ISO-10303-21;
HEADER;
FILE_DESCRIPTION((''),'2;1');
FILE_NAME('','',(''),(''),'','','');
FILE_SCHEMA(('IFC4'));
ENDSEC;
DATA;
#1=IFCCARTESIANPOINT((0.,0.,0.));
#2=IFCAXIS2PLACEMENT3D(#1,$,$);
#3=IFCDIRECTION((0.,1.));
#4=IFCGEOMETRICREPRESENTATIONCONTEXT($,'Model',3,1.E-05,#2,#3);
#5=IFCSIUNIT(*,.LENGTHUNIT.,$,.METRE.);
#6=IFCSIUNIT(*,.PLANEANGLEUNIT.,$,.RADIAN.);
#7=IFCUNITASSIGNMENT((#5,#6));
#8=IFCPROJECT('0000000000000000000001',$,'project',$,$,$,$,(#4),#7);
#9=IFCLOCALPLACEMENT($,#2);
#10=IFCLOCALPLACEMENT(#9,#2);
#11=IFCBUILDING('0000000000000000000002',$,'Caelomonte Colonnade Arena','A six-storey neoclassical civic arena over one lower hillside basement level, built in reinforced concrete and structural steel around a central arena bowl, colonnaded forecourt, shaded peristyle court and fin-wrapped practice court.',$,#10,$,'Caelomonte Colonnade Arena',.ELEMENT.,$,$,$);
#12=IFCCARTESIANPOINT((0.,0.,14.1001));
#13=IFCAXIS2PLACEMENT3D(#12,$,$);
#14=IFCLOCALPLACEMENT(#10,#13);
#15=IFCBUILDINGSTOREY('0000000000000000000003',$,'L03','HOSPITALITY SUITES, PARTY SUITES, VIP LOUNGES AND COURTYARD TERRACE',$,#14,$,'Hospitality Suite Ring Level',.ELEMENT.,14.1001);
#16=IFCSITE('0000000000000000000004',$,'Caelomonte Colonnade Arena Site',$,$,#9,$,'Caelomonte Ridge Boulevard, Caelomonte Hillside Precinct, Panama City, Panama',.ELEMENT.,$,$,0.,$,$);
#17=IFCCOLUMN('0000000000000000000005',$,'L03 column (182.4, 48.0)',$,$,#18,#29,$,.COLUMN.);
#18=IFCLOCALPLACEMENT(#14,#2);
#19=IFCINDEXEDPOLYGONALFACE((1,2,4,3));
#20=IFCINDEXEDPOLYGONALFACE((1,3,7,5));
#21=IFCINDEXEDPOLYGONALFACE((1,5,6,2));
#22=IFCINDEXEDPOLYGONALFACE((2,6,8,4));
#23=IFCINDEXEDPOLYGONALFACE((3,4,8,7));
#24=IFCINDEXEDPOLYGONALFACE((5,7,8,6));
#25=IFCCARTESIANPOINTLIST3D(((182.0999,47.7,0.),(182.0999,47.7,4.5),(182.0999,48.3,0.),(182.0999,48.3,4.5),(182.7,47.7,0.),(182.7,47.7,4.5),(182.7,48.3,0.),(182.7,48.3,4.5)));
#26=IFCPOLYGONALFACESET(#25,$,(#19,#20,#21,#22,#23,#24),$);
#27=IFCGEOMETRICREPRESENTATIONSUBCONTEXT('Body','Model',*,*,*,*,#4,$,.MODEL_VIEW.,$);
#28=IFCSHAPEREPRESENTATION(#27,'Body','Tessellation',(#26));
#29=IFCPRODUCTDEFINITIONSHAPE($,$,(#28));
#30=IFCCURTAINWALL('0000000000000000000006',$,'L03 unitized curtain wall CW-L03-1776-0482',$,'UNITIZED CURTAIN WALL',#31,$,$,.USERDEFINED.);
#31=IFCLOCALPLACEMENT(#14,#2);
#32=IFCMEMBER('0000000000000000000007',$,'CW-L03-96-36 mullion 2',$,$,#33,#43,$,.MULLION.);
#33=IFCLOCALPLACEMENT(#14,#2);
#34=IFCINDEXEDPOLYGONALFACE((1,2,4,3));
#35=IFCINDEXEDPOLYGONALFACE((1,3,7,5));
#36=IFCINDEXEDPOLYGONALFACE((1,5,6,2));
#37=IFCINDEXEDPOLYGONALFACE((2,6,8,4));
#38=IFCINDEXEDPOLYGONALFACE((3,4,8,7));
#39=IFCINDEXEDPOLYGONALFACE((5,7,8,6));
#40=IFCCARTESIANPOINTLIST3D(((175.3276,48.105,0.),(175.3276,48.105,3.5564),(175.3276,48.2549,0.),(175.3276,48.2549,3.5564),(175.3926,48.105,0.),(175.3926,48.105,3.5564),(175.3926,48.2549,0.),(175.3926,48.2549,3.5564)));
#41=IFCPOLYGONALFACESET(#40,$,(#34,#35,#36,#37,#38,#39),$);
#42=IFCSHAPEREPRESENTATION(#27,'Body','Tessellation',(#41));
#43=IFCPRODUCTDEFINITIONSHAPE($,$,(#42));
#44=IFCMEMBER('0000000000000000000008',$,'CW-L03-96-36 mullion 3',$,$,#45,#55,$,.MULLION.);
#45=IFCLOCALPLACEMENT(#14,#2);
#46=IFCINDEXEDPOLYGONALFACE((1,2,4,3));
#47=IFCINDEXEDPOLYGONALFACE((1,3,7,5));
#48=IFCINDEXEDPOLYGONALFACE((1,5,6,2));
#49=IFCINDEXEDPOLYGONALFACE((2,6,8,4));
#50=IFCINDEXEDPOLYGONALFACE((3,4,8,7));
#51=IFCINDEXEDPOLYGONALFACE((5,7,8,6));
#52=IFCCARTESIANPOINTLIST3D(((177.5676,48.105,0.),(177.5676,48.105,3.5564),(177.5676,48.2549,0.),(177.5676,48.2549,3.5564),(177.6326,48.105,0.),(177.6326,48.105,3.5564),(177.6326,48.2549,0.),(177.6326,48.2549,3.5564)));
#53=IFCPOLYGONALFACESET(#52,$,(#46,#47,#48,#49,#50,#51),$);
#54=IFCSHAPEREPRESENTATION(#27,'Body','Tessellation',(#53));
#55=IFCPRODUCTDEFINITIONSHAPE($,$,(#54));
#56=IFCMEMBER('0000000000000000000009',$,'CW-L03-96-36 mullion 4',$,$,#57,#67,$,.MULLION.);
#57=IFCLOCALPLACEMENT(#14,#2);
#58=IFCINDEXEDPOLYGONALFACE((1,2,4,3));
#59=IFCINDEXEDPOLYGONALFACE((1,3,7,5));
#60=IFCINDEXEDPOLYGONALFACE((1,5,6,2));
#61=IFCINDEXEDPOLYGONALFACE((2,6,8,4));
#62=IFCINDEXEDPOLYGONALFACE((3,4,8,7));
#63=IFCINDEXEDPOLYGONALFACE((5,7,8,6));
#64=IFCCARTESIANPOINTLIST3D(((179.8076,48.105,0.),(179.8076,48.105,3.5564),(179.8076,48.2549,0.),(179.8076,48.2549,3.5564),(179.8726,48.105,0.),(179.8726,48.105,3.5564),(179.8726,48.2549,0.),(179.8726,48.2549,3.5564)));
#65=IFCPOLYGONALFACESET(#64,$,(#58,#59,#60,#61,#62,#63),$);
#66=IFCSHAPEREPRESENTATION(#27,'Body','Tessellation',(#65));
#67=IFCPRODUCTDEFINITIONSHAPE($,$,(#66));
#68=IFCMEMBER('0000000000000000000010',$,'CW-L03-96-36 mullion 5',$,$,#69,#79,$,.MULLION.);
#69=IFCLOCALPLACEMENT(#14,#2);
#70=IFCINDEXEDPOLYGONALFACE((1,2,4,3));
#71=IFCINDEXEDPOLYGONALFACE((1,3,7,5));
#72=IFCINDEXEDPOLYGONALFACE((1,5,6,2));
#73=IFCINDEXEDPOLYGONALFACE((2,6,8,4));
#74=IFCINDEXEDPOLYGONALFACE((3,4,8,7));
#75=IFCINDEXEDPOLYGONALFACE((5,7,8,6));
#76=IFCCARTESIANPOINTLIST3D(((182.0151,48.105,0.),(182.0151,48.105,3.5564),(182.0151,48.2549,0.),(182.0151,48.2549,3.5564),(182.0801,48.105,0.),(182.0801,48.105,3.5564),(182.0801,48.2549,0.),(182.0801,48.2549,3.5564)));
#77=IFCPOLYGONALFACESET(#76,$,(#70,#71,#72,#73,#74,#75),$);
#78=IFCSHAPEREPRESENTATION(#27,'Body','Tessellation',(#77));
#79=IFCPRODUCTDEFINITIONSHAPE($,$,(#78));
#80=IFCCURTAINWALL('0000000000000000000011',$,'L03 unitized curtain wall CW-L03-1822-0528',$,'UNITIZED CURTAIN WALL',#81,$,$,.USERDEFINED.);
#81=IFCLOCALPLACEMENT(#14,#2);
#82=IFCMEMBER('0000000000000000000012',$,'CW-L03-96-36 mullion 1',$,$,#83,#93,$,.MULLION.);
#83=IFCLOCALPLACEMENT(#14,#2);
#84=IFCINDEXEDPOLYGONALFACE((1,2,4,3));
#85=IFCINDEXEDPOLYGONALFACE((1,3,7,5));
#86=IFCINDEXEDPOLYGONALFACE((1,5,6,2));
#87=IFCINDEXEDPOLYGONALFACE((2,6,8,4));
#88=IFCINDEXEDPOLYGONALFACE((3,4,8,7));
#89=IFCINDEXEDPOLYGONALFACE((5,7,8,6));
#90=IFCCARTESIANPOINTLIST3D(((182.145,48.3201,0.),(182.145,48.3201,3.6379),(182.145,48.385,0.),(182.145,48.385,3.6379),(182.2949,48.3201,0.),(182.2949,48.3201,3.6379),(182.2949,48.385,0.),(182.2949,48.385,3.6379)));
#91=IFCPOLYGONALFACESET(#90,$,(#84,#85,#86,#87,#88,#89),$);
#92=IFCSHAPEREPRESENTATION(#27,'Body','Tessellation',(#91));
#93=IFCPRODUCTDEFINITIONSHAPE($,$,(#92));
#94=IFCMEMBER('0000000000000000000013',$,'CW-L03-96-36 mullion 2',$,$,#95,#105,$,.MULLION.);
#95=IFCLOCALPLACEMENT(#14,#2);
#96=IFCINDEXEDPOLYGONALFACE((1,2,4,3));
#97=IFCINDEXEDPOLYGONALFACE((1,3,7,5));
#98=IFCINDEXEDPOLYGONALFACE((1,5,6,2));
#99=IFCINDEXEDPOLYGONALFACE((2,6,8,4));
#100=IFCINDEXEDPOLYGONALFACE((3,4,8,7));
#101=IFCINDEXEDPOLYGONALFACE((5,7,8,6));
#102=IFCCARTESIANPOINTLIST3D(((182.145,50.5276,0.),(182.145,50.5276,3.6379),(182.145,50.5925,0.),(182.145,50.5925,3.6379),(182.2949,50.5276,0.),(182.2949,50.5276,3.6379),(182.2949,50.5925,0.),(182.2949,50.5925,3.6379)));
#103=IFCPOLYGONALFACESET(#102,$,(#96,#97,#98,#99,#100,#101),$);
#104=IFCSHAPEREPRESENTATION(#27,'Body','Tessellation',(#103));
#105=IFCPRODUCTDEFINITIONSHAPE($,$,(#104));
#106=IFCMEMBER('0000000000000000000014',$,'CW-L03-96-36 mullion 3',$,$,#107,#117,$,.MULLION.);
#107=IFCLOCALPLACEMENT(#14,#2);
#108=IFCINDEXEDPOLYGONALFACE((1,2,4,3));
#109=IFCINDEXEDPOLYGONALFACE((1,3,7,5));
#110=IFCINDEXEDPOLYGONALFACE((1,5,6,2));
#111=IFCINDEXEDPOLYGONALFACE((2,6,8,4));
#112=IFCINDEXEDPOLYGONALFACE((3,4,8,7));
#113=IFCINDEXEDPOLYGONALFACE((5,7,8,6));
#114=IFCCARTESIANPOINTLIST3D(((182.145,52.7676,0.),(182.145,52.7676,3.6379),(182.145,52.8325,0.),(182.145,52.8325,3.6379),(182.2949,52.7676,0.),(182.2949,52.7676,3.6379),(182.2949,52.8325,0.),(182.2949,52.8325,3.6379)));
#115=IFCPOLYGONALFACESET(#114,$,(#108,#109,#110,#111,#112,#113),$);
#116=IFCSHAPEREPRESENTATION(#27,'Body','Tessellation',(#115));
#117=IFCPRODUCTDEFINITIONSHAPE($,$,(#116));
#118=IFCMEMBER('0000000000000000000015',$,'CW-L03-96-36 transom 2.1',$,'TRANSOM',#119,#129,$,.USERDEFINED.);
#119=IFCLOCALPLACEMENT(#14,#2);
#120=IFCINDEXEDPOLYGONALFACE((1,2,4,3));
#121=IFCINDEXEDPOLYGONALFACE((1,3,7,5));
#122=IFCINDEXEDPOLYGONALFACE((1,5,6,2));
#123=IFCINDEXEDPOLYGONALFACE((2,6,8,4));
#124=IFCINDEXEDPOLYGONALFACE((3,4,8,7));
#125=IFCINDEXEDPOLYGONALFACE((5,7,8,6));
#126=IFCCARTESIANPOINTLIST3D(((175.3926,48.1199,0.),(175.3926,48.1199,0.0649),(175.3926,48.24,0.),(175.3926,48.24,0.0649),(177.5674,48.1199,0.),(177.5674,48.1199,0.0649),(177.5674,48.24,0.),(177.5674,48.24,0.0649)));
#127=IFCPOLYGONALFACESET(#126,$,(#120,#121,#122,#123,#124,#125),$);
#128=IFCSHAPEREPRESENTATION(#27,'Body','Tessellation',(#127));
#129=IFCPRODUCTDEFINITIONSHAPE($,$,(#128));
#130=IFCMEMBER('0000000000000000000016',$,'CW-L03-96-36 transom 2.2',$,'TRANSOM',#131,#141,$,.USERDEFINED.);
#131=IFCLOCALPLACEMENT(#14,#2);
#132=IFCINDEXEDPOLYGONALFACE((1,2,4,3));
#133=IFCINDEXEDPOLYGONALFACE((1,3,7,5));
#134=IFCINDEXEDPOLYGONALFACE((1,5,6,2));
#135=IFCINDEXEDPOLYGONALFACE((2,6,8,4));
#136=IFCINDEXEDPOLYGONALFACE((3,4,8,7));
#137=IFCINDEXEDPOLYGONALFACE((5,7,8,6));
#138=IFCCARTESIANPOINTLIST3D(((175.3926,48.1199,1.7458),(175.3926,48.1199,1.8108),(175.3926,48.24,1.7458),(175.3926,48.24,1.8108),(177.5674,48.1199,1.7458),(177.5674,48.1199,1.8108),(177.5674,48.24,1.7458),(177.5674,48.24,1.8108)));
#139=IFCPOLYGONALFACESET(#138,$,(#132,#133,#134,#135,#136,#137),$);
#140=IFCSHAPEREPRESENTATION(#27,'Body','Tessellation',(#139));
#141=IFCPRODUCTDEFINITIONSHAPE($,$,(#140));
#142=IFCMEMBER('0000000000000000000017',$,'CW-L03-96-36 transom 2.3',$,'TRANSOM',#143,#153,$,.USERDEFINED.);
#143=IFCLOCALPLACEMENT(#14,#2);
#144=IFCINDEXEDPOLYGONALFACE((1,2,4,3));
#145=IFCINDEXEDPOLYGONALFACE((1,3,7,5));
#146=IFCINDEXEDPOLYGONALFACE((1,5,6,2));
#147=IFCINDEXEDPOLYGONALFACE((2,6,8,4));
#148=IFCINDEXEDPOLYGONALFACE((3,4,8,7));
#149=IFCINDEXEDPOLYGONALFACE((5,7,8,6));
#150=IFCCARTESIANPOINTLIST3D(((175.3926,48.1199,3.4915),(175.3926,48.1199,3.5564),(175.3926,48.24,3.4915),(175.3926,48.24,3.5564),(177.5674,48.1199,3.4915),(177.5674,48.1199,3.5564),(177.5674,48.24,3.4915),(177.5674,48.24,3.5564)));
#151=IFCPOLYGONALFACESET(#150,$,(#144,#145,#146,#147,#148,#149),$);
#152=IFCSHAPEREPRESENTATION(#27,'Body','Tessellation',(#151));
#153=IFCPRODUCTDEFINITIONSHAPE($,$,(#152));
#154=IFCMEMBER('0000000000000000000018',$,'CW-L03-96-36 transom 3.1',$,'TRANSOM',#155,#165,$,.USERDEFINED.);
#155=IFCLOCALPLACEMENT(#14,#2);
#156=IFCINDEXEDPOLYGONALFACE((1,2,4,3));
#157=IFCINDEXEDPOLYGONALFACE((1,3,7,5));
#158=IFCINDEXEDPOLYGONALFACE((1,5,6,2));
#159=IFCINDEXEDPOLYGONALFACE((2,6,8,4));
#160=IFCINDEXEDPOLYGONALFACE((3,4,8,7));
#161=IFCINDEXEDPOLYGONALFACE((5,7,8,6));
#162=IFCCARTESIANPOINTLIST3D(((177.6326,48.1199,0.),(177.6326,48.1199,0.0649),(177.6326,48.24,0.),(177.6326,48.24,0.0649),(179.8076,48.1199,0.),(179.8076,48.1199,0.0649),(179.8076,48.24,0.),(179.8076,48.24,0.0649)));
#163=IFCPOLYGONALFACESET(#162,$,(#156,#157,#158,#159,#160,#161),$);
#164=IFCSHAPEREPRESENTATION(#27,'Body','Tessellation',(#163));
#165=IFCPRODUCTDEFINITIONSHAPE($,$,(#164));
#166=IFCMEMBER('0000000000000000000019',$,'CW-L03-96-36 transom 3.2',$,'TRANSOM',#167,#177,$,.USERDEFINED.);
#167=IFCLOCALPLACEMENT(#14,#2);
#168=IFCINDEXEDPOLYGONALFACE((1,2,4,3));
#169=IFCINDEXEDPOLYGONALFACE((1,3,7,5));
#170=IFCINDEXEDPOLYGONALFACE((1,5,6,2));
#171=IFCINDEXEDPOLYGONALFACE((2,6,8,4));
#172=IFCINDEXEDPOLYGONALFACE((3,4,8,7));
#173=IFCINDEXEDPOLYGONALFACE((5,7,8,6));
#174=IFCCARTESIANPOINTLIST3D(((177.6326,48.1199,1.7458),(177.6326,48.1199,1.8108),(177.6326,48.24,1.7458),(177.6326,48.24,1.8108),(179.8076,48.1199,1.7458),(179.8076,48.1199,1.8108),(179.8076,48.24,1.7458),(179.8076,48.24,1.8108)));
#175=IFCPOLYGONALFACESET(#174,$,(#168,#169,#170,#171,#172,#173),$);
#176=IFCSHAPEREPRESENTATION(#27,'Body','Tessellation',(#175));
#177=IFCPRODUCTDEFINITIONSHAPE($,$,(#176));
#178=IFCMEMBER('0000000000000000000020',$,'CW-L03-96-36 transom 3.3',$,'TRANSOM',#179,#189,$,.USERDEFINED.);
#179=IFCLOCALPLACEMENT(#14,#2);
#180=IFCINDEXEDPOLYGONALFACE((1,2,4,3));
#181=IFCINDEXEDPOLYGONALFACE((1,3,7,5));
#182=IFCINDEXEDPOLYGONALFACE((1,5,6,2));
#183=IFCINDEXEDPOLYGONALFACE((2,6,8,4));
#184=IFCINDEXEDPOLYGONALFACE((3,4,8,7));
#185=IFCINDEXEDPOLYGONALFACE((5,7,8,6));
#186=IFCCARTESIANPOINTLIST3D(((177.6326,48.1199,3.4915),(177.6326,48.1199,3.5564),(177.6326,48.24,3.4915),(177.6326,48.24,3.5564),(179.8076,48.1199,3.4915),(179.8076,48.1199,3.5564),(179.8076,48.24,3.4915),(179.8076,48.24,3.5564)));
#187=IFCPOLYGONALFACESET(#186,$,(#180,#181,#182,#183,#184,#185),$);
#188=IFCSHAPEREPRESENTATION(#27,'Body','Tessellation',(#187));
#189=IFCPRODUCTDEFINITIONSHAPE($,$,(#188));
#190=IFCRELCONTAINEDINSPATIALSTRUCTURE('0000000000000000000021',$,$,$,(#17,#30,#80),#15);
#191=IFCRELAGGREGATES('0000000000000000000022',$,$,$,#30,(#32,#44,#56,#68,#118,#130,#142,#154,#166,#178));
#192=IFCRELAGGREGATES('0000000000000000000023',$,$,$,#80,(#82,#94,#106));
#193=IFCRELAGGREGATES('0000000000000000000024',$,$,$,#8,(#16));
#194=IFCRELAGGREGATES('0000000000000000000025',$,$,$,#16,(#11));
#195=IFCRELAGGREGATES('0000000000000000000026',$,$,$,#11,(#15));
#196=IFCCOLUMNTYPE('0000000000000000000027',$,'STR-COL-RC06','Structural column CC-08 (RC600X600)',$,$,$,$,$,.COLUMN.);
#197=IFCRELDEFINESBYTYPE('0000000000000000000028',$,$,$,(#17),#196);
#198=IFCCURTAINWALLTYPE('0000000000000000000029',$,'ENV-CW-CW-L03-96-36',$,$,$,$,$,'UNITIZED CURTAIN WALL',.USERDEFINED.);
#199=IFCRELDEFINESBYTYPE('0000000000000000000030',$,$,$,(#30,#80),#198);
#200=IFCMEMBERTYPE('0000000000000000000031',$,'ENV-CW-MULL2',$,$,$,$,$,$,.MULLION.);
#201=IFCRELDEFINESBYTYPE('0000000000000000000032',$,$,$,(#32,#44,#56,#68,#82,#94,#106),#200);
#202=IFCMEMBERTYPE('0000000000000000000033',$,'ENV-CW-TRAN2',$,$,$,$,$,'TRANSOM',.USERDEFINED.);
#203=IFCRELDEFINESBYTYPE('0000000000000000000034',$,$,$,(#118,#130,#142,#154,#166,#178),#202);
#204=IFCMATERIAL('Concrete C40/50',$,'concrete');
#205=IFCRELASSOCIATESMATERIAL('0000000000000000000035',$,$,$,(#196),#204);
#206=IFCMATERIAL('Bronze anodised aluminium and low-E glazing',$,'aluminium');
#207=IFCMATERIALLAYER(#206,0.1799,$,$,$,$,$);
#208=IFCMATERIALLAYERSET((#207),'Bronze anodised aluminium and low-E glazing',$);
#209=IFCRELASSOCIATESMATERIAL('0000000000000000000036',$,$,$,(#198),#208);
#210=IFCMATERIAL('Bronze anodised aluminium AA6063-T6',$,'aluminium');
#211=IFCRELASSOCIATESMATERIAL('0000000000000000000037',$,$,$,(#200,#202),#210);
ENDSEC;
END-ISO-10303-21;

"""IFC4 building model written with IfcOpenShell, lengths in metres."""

from ifc_helpers import new_model, si_unit, direction, frame, origin, origin_2d, place, context, subcontext, project, spatial, rectangle, extrude, material, layer, layer_set, material_profile, profile_set, type_object, element, aggregate, save


model = new_model("IFC4")

# Units and contexts
model_context = context("Model", 3, precision=1e-05, world=origin(), true_north=direction((0.0, 1.0)))
body_context = subcontext(model_context, "Body", "Model", "MODEL_VIEW")
ifc_project = project(units=[si_unit("LENGTHUNIT", "METRE"), si_unit("PLANEANGLEUNIT", "RADIAN")], contexts=[model_context])

# Site, building, storey
site_placement = place(None, origin())
site = spatial("IfcSite", under=ifc_project, at=site_placement, Name="Caelomonte Colonnade Arena Site", LongName="Caelomonte Ridge Boulevard, Caelomonte Hillside Precinct, Panama City, Panama", CompositionType="ELEMENT", RefElevation=0.0)
building_placement = place(site_placement, origin())
building = spatial("IfcBuilding", under=site, at=building_placement, Name="Caelomonte Colonnade Arena", Description="A six-storey neoclassical civic arena over one lower hillside basement level, built in reinforced concrete and structural steel around a central arena bowl, colonnaded forecourt, shaded peristyle court and fin-wrapped practice court.", LongName="Caelomonte Colonnade Arena", CompositionType="ELEMENT")
storey_placement = place(building_placement, frame((0.0, 0.0, 14.1001)))
storey = spatial("IfcBuildingStorey", under=building, at=storey_placement, Name="L03", Description="HOSPITALITY SUITES, PARTY SUITES, VIP LOUNGES AND COURTYARD TERRACE", LongName="Hospitality Suite Ring Level", CompositionType="ELEMENT", Elevation=14.1001)

# Column
ifc_material_1 = material(Name="Concrete C40/50", Category="concrete")
ifc_material_profile_1 = material_profile(ifc_material_1, rectangle(XDim=0.6001, YDim=0.6001, at=origin_2d()), Name="RC600X600")
ifc_profile_set_1 = profile_set([ifc_material_profile_1], Name="Concrete C40/50")
column_type = type_object("IfcColumnType", Name="STR-COL-RC06", Description="Structural column CC-08 (RC600X600)", PredefinedType="COLUMN", material=ifc_profile_set_1)
column_placement = place(storey_placement, frame((182.3999, 48.0, 0.0), z_axis=(0.0, 0.0, 1.0), x_axis=(1.0, 0.0, 0.0)))
element("IfcColumn", 1, at=column_placement, inside=storey, type_object=column_type, Name="L03 column (182.4, 48.0)", PredefinedType="COLUMN", context=body_context, shape_type="SweptSolid", body=[
    extrude(rectangle(XDim=0.6001, YDim=0.6001, at=origin_2d()), origin(), (0.0, 0.0, 1.0), 4.5),
])

# Curtain walls, members
ifc_material_2 = material(Name="Bronze anodised aluminium and low-E glazing", Category="aluminium")
ifc_layer_1 = layer(ifc_material_2, 0.1799)
ifc_layer_set_1 = layer_set([ifc_layer_1], Name="Bronze anodised aluminium and low-E glazing")
curtain_wall_type = type_object("IfcCurtainWallType", Name="ENV-CW-CW-L03-96-36", ElementType="UNITIZED CURTAIN WALL", PredefinedType="USERDEFINED", material=ifc_layer_set_1)
curtain_wall_1_placement = place(storey_placement, origin())
curtain_wall_1 = element("IfcCurtainWall", 2, at=curtain_wall_1_placement, inside=storey, type_object=curtain_wall_type, Name="L03 unitized curtain wall CW-L03-1776-0482", ObjectType="UNITIZED CURTAIN WALL", PredefinedType="USERDEFINED")
ifc_material_3 = material(Name="Bronze anodised aluminium AA6063-T6", Category="aluminium")
ifc_material_profile_2 = material_profile(ifc_material_3, rectangle(XDim=0.0649, YDim=0.1499, at=origin_2d()), Name="CWM-65X150")
ifc_profile_set_2 = profile_set([ifc_material_profile_2], Name="Bronze anodised aluminium AA6063-T6")
member_type_1 = type_object("IfcMemberType", Name="ENV-CW-MULL2", PredefinedType="MULLION", material=ifc_profile_set_2)
member_1_placement = place(storey_placement, frame((175.3601, 48.1799, 0.0), z_axis=(0.0, 0.0, 1.0), x_axis=(1.0, 0.0, 0.0)))
member_1 = element("IfcMember", 3, at=member_1_placement, type_object=member_type_1, Name="CW-L03-96-36 mullion 2", PredefinedType="MULLION", context=body_context, shape_type="SweptSolid", body=[
    extrude(rectangle(XDim=0.0649, YDim=0.1499, at=origin_2d()), origin(), (0.0, 0.0, 1.0), 3.5564),
])
member_2_placement = place(storey_placement, frame((177.6001, 48.1799, 0.0), z_axis=(0.0, 0.0, 1.0), x_axis=(1.0, 0.0, 0.0)))
member_2 = element("IfcMember", 4, at=member_2_placement, type_object=member_type_1, Name="CW-L03-96-36 mullion 3", PredefinedType="MULLION", context=body_context, shape_type="SweptSolid", body=[
    extrude(rectangle(XDim=0.0649, YDim=0.1499, at=origin_2d()), origin(), (0.0, 0.0, 1.0), 3.5564),
])
member_3_placement = place(storey_placement, frame((179.8401, 48.1799, 0.0), z_axis=(0.0, 0.0, 1.0), x_axis=(1.0, 0.0, 0.0)))
member_3 = element("IfcMember", 5, at=member_3_placement, type_object=member_type_1, Name="CW-L03-96-36 mullion 4", PredefinedType="MULLION", context=body_context, shape_type="SweptSolid", body=[
    extrude(rectangle(XDim=0.0649, YDim=0.1499, at=origin_2d()), origin(), (0.0, 0.0, 1.0), 3.5564),
])
member_4_placement = place(storey_placement, frame((182.0476, 48.1799, 0.0), z_axis=(0.0, 0.0, 1.0), x_axis=(1.0, 0.0, 0.0)))
member_4 = element("IfcMember", 6, at=member_4_placement, type_object=member_type_1, Name="CW-L03-96-36 mullion 5", PredefinedType="MULLION", context=body_context, shape_type="SweptSolid", body=[
    extrude(rectangle(XDim=0.0649, YDim=0.1499, at=origin_2d()), origin(), (0.0, 0.0, 1.0), 3.5564),
])
curtain_wall_2_placement = place(storey_placement, origin())
curtain_wall_2 = element("IfcCurtainWall", 7, at=curtain_wall_2_placement, inside=storey, type_object=curtain_wall_type, Name="L03 unitized curtain wall CW-L03-1822-0528", ObjectType="UNITIZED CURTAIN WALL", PredefinedType="USERDEFINED")
member_5_placement = place(storey_placement, frame((182.22, 48.3525, 0.0), z_axis=(0.0, 0.0, 1.0), x_axis=(0.0, 1.0, 0.0)))
member_5 = element("IfcMember", 8, at=member_5_placement, type_object=member_type_1, Name="CW-L03-96-36 mullion 1", PredefinedType="MULLION", context=body_context, shape_type="SweptSolid", body=[
    extrude(rectangle(XDim=0.0649, YDim=0.1499, at=origin_2d()), origin(), (0.0, 0.0, 1.0), 3.6379),
])
member_6_placement = place(storey_placement, frame((182.22, 50.5601, 0.0), z_axis=(0.0, 0.0, 1.0), x_axis=(0.0, 1.0, 0.0)))
member_6 = element("IfcMember", 9, at=member_6_placement, type_object=member_type_1, Name="CW-L03-96-36 mullion 2", PredefinedType="MULLION", context=body_context, shape_type="SweptSolid", body=[
    extrude(rectangle(XDim=0.0649, YDim=0.1499, at=origin_2d()), origin(), (0.0, 0.0, 1.0), 3.6379),
])
member_7_placement = place(storey_placement, frame((182.22, 52.8, 0.0), z_axis=(0.0, 0.0, 1.0), x_axis=(0.0, 1.0, 0.0)))
member_7 = element("IfcMember", 10, at=member_7_placement, type_object=member_type_1, Name="CW-L03-96-36 mullion 3", PredefinedType="MULLION", context=body_context, shape_type="SweptSolid", body=[
    extrude(rectangle(XDim=0.0649, YDim=0.1499, at=origin_2d()), origin(), (0.0, 0.0, 1.0), 3.6379),
])

# Members
ifc_material_profile_3 = material_profile(ifc_material_3, rectangle(XDim=0.0649, YDim=0.1201, at=origin_2d()), Name="CWT-65X120")
ifc_profile_set_3 = profile_set([ifc_material_profile_3], Name="Bronze anodised aluminium AA6063-T6")
member_type_2 = type_object("IfcMemberType", Name="ENV-CW-TRAN2", ElementType="TRANSOM", PredefinedType="USERDEFINED", material=ifc_profile_set_3)
member_8_placement = place(storey_placement, frame((175.3926, 48.1799, 0.0325), z_axis=(1.0, 0.0, 0.0), x_axis=(0.0, 0.0, 1.0)))
member_8 = element("IfcMember", 11, at=member_8_placement, type_object=member_type_2, Name="CW-L03-96-36 transom 2.1", ObjectType="TRANSOM", PredefinedType="USERDEFINED", context=body_context, shape_type="SweptSolid", body=[
    extrude(rectangle(XDim=0.0649, YDim=0.1201, at=origin_2d()), origin(), (0.0, 0.0, 1.0), 2.1748),
])
member_9_placement = place(storey_placement, frame((175.3926, 48.1799, 1.7783), z_axis=(1.0, 0.0, 0.0), x_axis=(0.0, 0.0, 1.0)))
member_9 = element("IfcMember", 12, at=member_9_placement, type_object=member_type_2, Name="CW-L03-96-36 transom 2.2", ObjectType="TRANSOM", PredefinedType="USERDEFINED", context=body_context, shape_type="SweptSolid", body=[
    extrude(rectangle(XDim=0.0649, YDim=0.1201, at=origin_2d()), origin(), (0.0, 0.0, 1.0), 2.1748),
])
member_10_placement = place(storey_placement, frame((175.3926, 48.1799, 3.5239), z_axis=(1.0, 0.0, 0.0), x_axis=(0.0, 0.0, 1.0)))
member_10 = element("IfcMember", 13, at=member_10_placement, type_object=member_type_2, Name="CW-L03-96-36 transom 2.3", ObjectType="TRANSOM", PredefinedType="USERDEFINED", context=body_context, shape_type="SweptSolid", body=[
    extrude(rectangle(XDim=0.0649, YDim=0.1201, at=origin_2d()), origin(), (0.0, 0.0, 1.0), 2.1748),
])
member_11_placement = place(storey_placement, frame((177.6326, 48.1799, 0.0325), z_axis=(1.0, 0.0, 0.0), x_axis=(0.0, 0.0, 1.0)))
member_11 = element("IfcMember", 14, at=member_11_placement, type_object=member_type_2, Name="CW-L03-96-36 transom 3.1", ObjectType="TRANSOM", PredefinedType="USERDEFINED", context=body_context, shape_type="SweptSolid", body=[
    extrude(rectangle(XDim=0.0649, YDim=0.1201, at=origin_2d()), origin(), (0.0, 0.0, 1.0), 2.175),
])
member_12_placement = place(storey_placement, frame((177.6326, 48.1799, 1.7783), z_axis=(1.0, 0.0, 0.0), x_axis=(0.0, 0.0, 1.0)))
member_12 = element("IfcMember", 15, at=member_12_placement, type_object=member_type_2, Name="CW-L03-96-36 transom 3.2", ObjectType="TRANSOM", PredefinedType="USERDEFINED", context=body_context, shape_type="SweptSolid", body=[
    extrude(rectangle(XDim=0.0649, YDim=0.1201, at=origin_2d()), origin(), (0.0, 0.0, 1.0), 2.175),
])
member_13_placement = place(storey_placement, frame((177.6326, 48.1799, 3.5239), z_axis=(1.0, 0.0, 0.0), x_axis=(0.0, 0.0, 1.0)))
member_13 = element("IfcMember", 16, at=member_13_placement, type_object=member_type_2, Name="CW-L03-96-36 transom 3.3", ObjectType="TRANSOM", PredefinedType="USERDEFINED", context=body_context, shape_type="SweptSolid", body=[
    extrude(rectangle(XDim=0.0649, YDim=0.1201, at=origin_2d()), origin(), (0.0, 0.0, 1.0), 2.175),
])

aggregate(curtain_wall_1, [member_1, member_2, member_3, member_4, member_8, member_9, member_10, member_11, member_12, member_13])
aggregate(curtain_wall_2, [member_5, member_6, member_7])

save(model, "model.ifc")
